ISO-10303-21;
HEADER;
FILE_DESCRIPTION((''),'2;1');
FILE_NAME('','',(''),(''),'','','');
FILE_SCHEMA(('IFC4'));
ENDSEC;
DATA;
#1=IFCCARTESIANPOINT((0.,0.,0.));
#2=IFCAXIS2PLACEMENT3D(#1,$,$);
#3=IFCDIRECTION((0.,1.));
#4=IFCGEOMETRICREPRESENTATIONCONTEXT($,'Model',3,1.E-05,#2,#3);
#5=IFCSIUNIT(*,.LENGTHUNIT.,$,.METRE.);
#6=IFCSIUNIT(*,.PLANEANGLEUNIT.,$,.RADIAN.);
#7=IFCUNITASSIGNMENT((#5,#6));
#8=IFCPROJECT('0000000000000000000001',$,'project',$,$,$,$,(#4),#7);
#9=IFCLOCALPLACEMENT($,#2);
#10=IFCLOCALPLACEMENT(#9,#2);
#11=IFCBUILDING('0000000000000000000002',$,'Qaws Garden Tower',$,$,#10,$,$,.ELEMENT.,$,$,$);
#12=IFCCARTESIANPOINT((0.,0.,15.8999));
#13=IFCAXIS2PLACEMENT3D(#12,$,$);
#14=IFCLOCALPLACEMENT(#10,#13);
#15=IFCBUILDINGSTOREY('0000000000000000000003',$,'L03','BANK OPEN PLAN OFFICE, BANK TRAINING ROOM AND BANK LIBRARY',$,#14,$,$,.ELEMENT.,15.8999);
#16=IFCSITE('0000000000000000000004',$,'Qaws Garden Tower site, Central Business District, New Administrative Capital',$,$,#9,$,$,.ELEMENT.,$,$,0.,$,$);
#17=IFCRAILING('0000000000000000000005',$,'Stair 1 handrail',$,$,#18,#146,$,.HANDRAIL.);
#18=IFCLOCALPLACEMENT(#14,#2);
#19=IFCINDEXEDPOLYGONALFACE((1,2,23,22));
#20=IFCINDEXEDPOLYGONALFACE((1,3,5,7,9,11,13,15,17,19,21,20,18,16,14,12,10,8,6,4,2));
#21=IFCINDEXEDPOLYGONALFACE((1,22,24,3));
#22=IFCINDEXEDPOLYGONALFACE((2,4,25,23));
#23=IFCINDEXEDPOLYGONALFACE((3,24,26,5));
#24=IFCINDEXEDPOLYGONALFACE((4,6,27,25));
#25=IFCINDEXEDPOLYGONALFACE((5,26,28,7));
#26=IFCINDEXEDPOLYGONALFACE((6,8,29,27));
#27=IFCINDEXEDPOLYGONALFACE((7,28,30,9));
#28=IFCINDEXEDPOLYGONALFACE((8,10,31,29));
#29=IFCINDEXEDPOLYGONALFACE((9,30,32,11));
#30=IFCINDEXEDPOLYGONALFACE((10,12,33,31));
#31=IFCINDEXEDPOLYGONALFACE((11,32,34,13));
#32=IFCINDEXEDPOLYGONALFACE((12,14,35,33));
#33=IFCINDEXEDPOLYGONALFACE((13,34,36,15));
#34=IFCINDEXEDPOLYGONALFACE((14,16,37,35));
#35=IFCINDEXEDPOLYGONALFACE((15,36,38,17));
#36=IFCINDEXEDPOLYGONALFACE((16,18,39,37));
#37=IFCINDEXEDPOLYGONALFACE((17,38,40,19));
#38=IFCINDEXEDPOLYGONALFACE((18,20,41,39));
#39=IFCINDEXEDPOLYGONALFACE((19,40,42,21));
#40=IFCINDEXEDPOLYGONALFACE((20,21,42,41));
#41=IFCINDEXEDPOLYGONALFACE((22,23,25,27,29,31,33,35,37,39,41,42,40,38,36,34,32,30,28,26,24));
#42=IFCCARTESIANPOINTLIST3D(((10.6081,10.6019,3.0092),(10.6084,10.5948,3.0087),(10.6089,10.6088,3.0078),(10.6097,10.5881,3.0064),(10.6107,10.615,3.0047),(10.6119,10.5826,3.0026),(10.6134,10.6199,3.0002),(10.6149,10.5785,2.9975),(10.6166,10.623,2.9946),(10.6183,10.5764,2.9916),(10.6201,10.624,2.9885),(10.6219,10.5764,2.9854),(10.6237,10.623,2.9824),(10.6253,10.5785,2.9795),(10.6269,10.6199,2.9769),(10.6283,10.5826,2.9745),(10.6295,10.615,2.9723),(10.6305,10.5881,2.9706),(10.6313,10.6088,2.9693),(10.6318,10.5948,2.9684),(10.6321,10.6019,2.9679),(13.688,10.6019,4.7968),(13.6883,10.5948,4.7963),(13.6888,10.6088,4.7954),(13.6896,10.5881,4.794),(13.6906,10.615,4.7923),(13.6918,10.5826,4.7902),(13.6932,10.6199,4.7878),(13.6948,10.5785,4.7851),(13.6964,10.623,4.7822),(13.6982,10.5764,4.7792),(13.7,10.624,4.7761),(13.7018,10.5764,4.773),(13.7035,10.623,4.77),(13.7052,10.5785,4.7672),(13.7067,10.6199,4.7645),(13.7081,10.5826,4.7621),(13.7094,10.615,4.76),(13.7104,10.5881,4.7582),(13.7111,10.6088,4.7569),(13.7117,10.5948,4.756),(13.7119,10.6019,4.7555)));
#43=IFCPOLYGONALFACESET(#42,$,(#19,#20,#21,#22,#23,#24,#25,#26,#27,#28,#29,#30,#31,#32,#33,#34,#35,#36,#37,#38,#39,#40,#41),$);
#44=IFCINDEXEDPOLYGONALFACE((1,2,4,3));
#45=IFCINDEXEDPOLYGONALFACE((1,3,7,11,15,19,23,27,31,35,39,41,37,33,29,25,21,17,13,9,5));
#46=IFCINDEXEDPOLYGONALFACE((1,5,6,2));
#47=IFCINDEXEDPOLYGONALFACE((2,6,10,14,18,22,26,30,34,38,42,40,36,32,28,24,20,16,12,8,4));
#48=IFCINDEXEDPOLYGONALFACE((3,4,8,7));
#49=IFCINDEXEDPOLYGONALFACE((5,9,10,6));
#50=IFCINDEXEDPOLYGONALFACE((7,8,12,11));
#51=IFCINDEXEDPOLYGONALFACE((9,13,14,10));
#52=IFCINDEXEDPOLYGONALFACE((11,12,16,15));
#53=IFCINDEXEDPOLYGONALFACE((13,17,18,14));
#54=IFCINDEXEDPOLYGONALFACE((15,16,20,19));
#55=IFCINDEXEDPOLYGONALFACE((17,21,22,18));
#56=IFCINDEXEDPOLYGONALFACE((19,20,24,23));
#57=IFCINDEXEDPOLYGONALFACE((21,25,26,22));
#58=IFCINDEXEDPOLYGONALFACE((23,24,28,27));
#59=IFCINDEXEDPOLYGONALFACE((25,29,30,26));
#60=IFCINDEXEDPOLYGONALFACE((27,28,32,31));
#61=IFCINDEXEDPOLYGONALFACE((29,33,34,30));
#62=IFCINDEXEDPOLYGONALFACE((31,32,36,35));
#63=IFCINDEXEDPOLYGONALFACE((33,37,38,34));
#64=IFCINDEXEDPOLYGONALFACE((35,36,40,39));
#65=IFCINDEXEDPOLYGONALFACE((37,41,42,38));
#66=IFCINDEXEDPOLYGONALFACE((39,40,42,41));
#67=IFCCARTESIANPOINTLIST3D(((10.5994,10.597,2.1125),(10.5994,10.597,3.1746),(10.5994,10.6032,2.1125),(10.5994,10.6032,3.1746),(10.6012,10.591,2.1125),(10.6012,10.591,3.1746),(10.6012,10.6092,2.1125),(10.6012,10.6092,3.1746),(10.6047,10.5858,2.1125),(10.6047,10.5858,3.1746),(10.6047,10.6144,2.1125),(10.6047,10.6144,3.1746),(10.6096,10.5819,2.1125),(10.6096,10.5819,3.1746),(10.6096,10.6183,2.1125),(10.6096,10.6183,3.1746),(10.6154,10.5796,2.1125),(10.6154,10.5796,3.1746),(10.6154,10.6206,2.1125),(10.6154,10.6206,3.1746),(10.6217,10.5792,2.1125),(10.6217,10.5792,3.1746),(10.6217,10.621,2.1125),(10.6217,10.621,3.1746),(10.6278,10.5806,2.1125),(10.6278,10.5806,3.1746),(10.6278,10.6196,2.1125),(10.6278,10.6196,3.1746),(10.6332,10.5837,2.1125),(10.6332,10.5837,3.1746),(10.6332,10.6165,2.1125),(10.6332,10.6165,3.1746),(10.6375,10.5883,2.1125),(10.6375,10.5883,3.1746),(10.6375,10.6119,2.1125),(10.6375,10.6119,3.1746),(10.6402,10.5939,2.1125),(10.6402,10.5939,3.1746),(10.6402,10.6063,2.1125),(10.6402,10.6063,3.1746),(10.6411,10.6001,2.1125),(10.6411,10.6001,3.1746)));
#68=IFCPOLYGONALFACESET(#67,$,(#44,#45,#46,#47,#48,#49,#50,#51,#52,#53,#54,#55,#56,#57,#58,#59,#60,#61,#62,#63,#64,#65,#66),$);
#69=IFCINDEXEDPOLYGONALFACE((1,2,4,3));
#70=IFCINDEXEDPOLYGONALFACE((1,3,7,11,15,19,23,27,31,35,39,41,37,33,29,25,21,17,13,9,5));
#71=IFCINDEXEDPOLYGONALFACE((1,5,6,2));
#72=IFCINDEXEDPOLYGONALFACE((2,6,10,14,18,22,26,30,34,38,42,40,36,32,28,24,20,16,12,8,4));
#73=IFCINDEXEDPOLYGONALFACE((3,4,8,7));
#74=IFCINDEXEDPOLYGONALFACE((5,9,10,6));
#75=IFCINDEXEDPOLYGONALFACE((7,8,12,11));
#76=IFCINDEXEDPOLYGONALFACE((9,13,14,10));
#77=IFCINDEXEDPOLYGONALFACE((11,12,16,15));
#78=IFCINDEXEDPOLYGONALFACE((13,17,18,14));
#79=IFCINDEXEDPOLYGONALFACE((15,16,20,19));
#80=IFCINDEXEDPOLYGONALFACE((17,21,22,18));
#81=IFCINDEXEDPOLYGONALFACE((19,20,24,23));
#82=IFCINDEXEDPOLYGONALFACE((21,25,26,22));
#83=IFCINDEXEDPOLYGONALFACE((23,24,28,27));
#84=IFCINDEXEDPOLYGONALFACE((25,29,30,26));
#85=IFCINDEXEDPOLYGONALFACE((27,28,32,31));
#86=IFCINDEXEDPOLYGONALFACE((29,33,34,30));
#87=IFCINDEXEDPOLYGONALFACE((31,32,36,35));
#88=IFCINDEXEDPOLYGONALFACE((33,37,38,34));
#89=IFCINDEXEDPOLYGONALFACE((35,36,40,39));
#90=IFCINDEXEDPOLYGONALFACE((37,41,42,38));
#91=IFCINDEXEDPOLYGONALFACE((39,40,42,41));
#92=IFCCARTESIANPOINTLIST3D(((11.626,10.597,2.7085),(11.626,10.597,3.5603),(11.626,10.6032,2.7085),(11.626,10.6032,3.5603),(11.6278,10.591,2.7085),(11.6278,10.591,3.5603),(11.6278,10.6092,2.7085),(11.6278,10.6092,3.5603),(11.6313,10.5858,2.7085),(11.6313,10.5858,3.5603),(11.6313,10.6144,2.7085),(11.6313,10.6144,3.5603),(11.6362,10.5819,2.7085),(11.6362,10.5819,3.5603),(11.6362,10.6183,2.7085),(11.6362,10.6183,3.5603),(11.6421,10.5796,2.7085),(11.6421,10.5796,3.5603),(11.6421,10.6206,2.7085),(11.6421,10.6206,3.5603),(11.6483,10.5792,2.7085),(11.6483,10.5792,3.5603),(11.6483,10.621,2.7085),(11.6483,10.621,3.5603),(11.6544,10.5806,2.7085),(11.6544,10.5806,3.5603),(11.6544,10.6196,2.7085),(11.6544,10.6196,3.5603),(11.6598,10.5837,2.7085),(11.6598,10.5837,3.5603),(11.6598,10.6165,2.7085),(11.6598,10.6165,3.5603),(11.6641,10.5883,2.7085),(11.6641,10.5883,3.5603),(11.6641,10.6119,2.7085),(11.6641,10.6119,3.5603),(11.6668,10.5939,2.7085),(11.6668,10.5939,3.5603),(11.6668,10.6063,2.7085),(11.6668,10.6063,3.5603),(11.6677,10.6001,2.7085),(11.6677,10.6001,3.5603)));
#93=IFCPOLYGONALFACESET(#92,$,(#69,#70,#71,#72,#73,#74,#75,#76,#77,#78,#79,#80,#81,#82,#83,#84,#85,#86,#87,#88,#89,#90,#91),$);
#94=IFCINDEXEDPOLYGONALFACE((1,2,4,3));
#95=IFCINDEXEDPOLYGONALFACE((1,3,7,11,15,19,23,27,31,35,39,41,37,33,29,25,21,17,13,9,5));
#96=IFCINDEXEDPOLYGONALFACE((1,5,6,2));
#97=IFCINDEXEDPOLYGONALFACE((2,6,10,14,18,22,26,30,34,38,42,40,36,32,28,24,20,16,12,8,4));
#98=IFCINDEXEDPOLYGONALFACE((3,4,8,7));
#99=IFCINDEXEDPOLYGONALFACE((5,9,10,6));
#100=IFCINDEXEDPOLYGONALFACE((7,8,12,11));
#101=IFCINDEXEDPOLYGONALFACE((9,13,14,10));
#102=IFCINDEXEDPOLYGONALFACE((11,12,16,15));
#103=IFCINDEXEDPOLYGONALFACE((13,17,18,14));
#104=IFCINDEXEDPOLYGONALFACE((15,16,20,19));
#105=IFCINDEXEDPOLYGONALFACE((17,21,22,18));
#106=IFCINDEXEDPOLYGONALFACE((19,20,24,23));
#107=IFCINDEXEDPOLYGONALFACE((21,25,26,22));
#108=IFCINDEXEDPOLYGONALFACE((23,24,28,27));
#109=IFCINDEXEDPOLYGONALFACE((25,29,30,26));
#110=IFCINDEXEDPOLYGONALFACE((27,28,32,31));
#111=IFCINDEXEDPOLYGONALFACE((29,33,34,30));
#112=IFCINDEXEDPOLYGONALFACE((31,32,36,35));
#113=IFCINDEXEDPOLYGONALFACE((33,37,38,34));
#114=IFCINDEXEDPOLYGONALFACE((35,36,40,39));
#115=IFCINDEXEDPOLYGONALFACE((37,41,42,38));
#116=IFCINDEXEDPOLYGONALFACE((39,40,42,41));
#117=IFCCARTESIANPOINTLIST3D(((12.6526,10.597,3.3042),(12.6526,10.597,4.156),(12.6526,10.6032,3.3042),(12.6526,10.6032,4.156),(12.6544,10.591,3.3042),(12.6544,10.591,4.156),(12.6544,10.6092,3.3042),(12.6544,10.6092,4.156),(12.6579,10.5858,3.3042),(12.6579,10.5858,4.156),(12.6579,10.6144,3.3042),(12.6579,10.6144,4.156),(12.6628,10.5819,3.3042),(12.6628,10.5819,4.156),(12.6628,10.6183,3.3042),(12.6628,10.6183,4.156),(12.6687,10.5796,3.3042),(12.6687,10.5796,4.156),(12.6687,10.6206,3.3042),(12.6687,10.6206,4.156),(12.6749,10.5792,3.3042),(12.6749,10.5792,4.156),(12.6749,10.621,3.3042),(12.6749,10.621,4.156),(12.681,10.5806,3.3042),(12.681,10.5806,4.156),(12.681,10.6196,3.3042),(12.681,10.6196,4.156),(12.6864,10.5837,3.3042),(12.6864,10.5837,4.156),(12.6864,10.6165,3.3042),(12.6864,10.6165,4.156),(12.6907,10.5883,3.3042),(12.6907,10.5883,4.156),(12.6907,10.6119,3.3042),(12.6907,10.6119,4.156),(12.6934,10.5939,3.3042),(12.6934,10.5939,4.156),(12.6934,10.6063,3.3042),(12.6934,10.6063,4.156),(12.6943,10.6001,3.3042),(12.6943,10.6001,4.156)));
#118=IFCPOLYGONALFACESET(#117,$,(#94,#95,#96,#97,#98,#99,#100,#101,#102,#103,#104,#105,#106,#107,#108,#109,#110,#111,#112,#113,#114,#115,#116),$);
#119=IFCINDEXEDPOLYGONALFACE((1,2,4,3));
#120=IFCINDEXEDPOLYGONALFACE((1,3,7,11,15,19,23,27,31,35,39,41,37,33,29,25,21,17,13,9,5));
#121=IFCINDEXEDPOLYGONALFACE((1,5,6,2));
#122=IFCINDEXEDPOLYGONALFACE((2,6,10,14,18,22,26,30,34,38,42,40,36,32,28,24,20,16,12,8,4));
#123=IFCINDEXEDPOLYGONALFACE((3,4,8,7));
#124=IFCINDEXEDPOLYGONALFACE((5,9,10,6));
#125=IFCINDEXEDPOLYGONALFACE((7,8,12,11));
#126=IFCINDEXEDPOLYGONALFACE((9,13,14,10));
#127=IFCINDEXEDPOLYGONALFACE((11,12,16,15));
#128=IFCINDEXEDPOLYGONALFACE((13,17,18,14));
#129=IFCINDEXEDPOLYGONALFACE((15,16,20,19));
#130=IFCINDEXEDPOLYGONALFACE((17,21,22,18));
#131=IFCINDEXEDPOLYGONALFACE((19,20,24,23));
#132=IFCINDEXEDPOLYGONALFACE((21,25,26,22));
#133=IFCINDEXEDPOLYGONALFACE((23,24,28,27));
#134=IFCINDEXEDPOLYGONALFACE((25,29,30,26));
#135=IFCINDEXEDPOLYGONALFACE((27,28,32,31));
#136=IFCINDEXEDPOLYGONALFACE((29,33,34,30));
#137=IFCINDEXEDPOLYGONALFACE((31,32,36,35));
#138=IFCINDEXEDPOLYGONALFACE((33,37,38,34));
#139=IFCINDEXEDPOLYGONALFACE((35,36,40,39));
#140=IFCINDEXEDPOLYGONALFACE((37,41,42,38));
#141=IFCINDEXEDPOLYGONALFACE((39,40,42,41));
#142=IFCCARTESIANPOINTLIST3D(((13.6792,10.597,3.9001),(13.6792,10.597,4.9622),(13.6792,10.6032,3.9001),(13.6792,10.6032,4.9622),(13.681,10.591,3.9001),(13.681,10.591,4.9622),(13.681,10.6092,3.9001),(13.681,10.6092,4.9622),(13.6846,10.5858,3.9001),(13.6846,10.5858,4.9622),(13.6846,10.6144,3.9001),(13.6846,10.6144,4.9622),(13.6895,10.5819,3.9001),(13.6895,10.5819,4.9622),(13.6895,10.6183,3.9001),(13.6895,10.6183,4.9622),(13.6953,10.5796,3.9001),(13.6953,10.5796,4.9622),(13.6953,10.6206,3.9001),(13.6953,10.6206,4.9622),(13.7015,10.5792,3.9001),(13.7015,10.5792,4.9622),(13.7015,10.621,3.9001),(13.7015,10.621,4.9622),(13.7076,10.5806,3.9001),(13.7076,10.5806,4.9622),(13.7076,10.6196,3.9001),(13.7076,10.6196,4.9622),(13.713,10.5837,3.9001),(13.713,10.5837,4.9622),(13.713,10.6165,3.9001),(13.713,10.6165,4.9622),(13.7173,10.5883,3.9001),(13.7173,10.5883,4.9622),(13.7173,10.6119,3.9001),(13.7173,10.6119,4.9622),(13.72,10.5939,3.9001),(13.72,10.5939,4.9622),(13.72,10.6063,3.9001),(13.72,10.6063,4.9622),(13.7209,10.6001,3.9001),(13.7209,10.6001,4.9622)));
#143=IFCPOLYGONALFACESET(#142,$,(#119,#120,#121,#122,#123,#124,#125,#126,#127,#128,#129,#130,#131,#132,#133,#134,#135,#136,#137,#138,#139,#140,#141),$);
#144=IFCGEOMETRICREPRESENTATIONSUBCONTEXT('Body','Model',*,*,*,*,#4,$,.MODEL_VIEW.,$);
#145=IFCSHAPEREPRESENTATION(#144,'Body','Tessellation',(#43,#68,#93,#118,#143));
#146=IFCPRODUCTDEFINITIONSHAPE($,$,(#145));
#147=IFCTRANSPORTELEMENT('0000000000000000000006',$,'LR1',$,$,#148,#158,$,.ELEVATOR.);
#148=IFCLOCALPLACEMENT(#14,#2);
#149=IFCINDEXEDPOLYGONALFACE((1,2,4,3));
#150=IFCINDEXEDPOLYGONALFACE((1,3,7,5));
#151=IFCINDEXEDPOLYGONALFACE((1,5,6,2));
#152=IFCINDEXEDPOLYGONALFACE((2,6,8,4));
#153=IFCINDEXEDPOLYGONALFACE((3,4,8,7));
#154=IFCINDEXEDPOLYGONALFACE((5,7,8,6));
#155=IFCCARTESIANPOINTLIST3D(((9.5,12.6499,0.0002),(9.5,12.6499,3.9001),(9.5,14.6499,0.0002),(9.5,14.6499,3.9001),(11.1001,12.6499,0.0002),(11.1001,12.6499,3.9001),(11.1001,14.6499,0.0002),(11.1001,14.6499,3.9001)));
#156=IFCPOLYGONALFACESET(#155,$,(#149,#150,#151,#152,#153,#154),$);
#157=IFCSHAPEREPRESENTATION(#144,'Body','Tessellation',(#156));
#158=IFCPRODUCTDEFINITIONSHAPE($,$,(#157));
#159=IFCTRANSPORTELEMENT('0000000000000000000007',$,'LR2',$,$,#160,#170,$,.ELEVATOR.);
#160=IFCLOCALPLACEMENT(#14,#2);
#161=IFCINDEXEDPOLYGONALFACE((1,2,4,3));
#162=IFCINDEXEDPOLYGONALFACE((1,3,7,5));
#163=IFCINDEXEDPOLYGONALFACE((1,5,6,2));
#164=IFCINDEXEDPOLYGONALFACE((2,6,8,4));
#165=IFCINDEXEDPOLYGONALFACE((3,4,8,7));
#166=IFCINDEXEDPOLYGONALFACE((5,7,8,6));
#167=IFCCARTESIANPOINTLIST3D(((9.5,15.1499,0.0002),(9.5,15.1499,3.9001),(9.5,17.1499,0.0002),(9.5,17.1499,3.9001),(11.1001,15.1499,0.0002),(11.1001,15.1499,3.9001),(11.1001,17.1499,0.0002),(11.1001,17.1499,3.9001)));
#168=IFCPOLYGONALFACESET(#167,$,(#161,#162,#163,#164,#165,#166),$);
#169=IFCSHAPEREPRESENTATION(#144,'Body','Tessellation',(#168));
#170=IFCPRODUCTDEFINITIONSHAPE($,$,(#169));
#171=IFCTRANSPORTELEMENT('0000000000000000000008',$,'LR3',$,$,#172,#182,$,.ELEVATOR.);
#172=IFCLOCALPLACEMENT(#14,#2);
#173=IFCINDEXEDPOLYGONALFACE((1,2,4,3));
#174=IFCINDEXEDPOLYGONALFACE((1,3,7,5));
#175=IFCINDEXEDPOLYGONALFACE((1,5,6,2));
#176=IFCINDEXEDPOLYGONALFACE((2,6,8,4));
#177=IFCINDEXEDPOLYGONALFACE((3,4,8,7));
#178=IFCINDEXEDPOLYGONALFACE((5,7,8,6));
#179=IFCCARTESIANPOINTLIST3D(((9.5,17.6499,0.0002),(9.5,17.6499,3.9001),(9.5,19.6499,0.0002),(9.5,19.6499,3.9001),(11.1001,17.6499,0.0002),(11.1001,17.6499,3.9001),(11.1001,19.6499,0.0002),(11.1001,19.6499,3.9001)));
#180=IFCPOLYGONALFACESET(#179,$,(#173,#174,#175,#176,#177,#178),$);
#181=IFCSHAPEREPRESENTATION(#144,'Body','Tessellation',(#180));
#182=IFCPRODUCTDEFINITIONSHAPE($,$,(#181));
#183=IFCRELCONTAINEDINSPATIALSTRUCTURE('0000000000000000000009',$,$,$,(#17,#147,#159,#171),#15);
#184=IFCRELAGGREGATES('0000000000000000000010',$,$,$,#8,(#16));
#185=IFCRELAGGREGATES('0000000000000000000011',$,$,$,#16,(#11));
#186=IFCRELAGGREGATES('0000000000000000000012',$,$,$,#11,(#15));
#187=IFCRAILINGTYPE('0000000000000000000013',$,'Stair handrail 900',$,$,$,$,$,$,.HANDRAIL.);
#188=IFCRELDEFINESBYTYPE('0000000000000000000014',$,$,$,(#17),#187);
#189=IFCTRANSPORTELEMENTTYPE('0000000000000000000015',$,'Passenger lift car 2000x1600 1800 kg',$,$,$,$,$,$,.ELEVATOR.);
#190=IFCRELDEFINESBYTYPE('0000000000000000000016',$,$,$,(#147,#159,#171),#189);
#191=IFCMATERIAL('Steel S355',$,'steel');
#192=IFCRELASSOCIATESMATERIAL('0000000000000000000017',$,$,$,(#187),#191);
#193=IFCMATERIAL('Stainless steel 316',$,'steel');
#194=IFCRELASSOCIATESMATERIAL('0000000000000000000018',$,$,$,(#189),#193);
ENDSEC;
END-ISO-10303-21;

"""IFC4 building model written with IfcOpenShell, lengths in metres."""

from ifc_helpers import new_model, si_unit, direction, frame, origin, origin_2d, place, context, subcontext, project, spatial, rectangle, circle, extrude, material, type_object, element, save


model = new_model("IFC4")

# Units and contexts
model_context = context("Model", 3, precision=1e-05, world=origin(), true_north=direction((0.0, 1.0)))
body_context = subcontext(model_context, "Body", "Model", "MODEL_VIEW")
ifc_project = project(units=[si_unit("LENGTHUNIT", "METRE"), si_unit("PLANEANGLEUNIT", "RADIAN")], contexts=[model_context])

# Site, building, storey
site_placement = place(None, origin())
site = spatial("IfcSite", under=ifc_project, at=site_placement, Name="Qaws Garden Tower site, Central Business District, New Administrative Capital", CompositionType="ELEMENT", RefElevation=0.0)
building_placement = place(site_placement, origin())
building = spatial("IfcBuilding", under=site, at=building_placement, Name="Qaws Garden Tower", CompositionType="ELEMENT")
storey_placement = place(building_placement, frame((0.0, 0.0, 15.8999)))
storey = spatial("IfcBuildingStorey", under=building, at=storey_placement, Name="L03", Description="BANK OPEN PLAN OFFICE, BANK TRAINING ROOM AND BANK LIBRARY", CompositionType="ELEMENT", Elevation=15.8999)

# Railing
ifc_material_1 = material(Name="Steel S355", Category="steel")
railing_type = type_object("IfcRailingType", Name="Stair handrail 900", PredefinedType="HANDRAIL", material=ifc_material_1)
railing_placement = place(storey_placement, frame((10.6201, 10.6001, 2.1125)))
element("IfcRailing", 1, at=railing_placement, inside=storey, type_object=railing_type, Name="Stair 1 handrail", PredefinedType="HANDRAIL", context=body_context, shape_type="SweptSolid", body=[
    extrude(circle(Radius=0.0239, at=origin_2d()), frame((0.0, 0.0, 0.876), z_axis=(0.864873, 0.0, 0.50199), x_axis=(0.0, 1.0, 0.0)), (0.0, 0.0, 1.0), 3.561),
    extrude(circle(Radius=0.021, at=origin_2d()), origin(), (0.0, 0.0, 1.0), 1.062),
    extrude(circle(Radius=0.021, at=origin_2d()), frame((1.0266, 0.0, 0.5959)), (0.0, 0.0, 1.0), 0.8518),
    extrude(circle(Radius=0.021, at=origin_2d()), frame((2.0532, 0.0, 1.1917)), (0.0, 0.0, 1.0), 0.8518),
    extrude(circle(Radius=0.021, at=origin_2d()), frame((3.0798, 0.0, 1.7876)), (0.0, 0.0, 1.0), 1.062),
])

# Transport elements
ifc_material_2 = material(Name="Stainless steel 316", Category="steel")
transport_element_type = type_object("IfcTransportElementType", Name="Passenger lift car 2000x1600 1800 kg", PredefinedType="ELEVATOR", material=ifc_material_2)
for number, where, z_axis, x_axis, name in (
    (2, (10.3, 13.6499, 0.0002), (0.0, 0.0, 1.0), (1.0, 0.0, 0.0), "LR1"),
    (3, (10.3, 16.1499, 0.0002), (0.0, 0.0, 1.0), (1.0, 0.0, 0.0), "LR2"),
    (4, (10.3, 18.6499, 0.0002), (0.0, 0.0, 1.0), (1.0, 0.0, 0.0), "LR3"),
):
    element("IfcTransportElement", number, at=place(storey_placement, frame(where, z_axis=z_axis, x_axis=x_axis)), inside=storey, type_object=transport_element_type, Name=name, PredefinedType="ELEVATOR", context=body_context, shape_type="SweptSolid", body=[
        extrude(rectangle(XDim=1.6001, YDim=2.0, at=origin_2d()), origin(), (0.0, 0.0, 1.0), 3.8999),
    ])

save(model, "model.ifc")
